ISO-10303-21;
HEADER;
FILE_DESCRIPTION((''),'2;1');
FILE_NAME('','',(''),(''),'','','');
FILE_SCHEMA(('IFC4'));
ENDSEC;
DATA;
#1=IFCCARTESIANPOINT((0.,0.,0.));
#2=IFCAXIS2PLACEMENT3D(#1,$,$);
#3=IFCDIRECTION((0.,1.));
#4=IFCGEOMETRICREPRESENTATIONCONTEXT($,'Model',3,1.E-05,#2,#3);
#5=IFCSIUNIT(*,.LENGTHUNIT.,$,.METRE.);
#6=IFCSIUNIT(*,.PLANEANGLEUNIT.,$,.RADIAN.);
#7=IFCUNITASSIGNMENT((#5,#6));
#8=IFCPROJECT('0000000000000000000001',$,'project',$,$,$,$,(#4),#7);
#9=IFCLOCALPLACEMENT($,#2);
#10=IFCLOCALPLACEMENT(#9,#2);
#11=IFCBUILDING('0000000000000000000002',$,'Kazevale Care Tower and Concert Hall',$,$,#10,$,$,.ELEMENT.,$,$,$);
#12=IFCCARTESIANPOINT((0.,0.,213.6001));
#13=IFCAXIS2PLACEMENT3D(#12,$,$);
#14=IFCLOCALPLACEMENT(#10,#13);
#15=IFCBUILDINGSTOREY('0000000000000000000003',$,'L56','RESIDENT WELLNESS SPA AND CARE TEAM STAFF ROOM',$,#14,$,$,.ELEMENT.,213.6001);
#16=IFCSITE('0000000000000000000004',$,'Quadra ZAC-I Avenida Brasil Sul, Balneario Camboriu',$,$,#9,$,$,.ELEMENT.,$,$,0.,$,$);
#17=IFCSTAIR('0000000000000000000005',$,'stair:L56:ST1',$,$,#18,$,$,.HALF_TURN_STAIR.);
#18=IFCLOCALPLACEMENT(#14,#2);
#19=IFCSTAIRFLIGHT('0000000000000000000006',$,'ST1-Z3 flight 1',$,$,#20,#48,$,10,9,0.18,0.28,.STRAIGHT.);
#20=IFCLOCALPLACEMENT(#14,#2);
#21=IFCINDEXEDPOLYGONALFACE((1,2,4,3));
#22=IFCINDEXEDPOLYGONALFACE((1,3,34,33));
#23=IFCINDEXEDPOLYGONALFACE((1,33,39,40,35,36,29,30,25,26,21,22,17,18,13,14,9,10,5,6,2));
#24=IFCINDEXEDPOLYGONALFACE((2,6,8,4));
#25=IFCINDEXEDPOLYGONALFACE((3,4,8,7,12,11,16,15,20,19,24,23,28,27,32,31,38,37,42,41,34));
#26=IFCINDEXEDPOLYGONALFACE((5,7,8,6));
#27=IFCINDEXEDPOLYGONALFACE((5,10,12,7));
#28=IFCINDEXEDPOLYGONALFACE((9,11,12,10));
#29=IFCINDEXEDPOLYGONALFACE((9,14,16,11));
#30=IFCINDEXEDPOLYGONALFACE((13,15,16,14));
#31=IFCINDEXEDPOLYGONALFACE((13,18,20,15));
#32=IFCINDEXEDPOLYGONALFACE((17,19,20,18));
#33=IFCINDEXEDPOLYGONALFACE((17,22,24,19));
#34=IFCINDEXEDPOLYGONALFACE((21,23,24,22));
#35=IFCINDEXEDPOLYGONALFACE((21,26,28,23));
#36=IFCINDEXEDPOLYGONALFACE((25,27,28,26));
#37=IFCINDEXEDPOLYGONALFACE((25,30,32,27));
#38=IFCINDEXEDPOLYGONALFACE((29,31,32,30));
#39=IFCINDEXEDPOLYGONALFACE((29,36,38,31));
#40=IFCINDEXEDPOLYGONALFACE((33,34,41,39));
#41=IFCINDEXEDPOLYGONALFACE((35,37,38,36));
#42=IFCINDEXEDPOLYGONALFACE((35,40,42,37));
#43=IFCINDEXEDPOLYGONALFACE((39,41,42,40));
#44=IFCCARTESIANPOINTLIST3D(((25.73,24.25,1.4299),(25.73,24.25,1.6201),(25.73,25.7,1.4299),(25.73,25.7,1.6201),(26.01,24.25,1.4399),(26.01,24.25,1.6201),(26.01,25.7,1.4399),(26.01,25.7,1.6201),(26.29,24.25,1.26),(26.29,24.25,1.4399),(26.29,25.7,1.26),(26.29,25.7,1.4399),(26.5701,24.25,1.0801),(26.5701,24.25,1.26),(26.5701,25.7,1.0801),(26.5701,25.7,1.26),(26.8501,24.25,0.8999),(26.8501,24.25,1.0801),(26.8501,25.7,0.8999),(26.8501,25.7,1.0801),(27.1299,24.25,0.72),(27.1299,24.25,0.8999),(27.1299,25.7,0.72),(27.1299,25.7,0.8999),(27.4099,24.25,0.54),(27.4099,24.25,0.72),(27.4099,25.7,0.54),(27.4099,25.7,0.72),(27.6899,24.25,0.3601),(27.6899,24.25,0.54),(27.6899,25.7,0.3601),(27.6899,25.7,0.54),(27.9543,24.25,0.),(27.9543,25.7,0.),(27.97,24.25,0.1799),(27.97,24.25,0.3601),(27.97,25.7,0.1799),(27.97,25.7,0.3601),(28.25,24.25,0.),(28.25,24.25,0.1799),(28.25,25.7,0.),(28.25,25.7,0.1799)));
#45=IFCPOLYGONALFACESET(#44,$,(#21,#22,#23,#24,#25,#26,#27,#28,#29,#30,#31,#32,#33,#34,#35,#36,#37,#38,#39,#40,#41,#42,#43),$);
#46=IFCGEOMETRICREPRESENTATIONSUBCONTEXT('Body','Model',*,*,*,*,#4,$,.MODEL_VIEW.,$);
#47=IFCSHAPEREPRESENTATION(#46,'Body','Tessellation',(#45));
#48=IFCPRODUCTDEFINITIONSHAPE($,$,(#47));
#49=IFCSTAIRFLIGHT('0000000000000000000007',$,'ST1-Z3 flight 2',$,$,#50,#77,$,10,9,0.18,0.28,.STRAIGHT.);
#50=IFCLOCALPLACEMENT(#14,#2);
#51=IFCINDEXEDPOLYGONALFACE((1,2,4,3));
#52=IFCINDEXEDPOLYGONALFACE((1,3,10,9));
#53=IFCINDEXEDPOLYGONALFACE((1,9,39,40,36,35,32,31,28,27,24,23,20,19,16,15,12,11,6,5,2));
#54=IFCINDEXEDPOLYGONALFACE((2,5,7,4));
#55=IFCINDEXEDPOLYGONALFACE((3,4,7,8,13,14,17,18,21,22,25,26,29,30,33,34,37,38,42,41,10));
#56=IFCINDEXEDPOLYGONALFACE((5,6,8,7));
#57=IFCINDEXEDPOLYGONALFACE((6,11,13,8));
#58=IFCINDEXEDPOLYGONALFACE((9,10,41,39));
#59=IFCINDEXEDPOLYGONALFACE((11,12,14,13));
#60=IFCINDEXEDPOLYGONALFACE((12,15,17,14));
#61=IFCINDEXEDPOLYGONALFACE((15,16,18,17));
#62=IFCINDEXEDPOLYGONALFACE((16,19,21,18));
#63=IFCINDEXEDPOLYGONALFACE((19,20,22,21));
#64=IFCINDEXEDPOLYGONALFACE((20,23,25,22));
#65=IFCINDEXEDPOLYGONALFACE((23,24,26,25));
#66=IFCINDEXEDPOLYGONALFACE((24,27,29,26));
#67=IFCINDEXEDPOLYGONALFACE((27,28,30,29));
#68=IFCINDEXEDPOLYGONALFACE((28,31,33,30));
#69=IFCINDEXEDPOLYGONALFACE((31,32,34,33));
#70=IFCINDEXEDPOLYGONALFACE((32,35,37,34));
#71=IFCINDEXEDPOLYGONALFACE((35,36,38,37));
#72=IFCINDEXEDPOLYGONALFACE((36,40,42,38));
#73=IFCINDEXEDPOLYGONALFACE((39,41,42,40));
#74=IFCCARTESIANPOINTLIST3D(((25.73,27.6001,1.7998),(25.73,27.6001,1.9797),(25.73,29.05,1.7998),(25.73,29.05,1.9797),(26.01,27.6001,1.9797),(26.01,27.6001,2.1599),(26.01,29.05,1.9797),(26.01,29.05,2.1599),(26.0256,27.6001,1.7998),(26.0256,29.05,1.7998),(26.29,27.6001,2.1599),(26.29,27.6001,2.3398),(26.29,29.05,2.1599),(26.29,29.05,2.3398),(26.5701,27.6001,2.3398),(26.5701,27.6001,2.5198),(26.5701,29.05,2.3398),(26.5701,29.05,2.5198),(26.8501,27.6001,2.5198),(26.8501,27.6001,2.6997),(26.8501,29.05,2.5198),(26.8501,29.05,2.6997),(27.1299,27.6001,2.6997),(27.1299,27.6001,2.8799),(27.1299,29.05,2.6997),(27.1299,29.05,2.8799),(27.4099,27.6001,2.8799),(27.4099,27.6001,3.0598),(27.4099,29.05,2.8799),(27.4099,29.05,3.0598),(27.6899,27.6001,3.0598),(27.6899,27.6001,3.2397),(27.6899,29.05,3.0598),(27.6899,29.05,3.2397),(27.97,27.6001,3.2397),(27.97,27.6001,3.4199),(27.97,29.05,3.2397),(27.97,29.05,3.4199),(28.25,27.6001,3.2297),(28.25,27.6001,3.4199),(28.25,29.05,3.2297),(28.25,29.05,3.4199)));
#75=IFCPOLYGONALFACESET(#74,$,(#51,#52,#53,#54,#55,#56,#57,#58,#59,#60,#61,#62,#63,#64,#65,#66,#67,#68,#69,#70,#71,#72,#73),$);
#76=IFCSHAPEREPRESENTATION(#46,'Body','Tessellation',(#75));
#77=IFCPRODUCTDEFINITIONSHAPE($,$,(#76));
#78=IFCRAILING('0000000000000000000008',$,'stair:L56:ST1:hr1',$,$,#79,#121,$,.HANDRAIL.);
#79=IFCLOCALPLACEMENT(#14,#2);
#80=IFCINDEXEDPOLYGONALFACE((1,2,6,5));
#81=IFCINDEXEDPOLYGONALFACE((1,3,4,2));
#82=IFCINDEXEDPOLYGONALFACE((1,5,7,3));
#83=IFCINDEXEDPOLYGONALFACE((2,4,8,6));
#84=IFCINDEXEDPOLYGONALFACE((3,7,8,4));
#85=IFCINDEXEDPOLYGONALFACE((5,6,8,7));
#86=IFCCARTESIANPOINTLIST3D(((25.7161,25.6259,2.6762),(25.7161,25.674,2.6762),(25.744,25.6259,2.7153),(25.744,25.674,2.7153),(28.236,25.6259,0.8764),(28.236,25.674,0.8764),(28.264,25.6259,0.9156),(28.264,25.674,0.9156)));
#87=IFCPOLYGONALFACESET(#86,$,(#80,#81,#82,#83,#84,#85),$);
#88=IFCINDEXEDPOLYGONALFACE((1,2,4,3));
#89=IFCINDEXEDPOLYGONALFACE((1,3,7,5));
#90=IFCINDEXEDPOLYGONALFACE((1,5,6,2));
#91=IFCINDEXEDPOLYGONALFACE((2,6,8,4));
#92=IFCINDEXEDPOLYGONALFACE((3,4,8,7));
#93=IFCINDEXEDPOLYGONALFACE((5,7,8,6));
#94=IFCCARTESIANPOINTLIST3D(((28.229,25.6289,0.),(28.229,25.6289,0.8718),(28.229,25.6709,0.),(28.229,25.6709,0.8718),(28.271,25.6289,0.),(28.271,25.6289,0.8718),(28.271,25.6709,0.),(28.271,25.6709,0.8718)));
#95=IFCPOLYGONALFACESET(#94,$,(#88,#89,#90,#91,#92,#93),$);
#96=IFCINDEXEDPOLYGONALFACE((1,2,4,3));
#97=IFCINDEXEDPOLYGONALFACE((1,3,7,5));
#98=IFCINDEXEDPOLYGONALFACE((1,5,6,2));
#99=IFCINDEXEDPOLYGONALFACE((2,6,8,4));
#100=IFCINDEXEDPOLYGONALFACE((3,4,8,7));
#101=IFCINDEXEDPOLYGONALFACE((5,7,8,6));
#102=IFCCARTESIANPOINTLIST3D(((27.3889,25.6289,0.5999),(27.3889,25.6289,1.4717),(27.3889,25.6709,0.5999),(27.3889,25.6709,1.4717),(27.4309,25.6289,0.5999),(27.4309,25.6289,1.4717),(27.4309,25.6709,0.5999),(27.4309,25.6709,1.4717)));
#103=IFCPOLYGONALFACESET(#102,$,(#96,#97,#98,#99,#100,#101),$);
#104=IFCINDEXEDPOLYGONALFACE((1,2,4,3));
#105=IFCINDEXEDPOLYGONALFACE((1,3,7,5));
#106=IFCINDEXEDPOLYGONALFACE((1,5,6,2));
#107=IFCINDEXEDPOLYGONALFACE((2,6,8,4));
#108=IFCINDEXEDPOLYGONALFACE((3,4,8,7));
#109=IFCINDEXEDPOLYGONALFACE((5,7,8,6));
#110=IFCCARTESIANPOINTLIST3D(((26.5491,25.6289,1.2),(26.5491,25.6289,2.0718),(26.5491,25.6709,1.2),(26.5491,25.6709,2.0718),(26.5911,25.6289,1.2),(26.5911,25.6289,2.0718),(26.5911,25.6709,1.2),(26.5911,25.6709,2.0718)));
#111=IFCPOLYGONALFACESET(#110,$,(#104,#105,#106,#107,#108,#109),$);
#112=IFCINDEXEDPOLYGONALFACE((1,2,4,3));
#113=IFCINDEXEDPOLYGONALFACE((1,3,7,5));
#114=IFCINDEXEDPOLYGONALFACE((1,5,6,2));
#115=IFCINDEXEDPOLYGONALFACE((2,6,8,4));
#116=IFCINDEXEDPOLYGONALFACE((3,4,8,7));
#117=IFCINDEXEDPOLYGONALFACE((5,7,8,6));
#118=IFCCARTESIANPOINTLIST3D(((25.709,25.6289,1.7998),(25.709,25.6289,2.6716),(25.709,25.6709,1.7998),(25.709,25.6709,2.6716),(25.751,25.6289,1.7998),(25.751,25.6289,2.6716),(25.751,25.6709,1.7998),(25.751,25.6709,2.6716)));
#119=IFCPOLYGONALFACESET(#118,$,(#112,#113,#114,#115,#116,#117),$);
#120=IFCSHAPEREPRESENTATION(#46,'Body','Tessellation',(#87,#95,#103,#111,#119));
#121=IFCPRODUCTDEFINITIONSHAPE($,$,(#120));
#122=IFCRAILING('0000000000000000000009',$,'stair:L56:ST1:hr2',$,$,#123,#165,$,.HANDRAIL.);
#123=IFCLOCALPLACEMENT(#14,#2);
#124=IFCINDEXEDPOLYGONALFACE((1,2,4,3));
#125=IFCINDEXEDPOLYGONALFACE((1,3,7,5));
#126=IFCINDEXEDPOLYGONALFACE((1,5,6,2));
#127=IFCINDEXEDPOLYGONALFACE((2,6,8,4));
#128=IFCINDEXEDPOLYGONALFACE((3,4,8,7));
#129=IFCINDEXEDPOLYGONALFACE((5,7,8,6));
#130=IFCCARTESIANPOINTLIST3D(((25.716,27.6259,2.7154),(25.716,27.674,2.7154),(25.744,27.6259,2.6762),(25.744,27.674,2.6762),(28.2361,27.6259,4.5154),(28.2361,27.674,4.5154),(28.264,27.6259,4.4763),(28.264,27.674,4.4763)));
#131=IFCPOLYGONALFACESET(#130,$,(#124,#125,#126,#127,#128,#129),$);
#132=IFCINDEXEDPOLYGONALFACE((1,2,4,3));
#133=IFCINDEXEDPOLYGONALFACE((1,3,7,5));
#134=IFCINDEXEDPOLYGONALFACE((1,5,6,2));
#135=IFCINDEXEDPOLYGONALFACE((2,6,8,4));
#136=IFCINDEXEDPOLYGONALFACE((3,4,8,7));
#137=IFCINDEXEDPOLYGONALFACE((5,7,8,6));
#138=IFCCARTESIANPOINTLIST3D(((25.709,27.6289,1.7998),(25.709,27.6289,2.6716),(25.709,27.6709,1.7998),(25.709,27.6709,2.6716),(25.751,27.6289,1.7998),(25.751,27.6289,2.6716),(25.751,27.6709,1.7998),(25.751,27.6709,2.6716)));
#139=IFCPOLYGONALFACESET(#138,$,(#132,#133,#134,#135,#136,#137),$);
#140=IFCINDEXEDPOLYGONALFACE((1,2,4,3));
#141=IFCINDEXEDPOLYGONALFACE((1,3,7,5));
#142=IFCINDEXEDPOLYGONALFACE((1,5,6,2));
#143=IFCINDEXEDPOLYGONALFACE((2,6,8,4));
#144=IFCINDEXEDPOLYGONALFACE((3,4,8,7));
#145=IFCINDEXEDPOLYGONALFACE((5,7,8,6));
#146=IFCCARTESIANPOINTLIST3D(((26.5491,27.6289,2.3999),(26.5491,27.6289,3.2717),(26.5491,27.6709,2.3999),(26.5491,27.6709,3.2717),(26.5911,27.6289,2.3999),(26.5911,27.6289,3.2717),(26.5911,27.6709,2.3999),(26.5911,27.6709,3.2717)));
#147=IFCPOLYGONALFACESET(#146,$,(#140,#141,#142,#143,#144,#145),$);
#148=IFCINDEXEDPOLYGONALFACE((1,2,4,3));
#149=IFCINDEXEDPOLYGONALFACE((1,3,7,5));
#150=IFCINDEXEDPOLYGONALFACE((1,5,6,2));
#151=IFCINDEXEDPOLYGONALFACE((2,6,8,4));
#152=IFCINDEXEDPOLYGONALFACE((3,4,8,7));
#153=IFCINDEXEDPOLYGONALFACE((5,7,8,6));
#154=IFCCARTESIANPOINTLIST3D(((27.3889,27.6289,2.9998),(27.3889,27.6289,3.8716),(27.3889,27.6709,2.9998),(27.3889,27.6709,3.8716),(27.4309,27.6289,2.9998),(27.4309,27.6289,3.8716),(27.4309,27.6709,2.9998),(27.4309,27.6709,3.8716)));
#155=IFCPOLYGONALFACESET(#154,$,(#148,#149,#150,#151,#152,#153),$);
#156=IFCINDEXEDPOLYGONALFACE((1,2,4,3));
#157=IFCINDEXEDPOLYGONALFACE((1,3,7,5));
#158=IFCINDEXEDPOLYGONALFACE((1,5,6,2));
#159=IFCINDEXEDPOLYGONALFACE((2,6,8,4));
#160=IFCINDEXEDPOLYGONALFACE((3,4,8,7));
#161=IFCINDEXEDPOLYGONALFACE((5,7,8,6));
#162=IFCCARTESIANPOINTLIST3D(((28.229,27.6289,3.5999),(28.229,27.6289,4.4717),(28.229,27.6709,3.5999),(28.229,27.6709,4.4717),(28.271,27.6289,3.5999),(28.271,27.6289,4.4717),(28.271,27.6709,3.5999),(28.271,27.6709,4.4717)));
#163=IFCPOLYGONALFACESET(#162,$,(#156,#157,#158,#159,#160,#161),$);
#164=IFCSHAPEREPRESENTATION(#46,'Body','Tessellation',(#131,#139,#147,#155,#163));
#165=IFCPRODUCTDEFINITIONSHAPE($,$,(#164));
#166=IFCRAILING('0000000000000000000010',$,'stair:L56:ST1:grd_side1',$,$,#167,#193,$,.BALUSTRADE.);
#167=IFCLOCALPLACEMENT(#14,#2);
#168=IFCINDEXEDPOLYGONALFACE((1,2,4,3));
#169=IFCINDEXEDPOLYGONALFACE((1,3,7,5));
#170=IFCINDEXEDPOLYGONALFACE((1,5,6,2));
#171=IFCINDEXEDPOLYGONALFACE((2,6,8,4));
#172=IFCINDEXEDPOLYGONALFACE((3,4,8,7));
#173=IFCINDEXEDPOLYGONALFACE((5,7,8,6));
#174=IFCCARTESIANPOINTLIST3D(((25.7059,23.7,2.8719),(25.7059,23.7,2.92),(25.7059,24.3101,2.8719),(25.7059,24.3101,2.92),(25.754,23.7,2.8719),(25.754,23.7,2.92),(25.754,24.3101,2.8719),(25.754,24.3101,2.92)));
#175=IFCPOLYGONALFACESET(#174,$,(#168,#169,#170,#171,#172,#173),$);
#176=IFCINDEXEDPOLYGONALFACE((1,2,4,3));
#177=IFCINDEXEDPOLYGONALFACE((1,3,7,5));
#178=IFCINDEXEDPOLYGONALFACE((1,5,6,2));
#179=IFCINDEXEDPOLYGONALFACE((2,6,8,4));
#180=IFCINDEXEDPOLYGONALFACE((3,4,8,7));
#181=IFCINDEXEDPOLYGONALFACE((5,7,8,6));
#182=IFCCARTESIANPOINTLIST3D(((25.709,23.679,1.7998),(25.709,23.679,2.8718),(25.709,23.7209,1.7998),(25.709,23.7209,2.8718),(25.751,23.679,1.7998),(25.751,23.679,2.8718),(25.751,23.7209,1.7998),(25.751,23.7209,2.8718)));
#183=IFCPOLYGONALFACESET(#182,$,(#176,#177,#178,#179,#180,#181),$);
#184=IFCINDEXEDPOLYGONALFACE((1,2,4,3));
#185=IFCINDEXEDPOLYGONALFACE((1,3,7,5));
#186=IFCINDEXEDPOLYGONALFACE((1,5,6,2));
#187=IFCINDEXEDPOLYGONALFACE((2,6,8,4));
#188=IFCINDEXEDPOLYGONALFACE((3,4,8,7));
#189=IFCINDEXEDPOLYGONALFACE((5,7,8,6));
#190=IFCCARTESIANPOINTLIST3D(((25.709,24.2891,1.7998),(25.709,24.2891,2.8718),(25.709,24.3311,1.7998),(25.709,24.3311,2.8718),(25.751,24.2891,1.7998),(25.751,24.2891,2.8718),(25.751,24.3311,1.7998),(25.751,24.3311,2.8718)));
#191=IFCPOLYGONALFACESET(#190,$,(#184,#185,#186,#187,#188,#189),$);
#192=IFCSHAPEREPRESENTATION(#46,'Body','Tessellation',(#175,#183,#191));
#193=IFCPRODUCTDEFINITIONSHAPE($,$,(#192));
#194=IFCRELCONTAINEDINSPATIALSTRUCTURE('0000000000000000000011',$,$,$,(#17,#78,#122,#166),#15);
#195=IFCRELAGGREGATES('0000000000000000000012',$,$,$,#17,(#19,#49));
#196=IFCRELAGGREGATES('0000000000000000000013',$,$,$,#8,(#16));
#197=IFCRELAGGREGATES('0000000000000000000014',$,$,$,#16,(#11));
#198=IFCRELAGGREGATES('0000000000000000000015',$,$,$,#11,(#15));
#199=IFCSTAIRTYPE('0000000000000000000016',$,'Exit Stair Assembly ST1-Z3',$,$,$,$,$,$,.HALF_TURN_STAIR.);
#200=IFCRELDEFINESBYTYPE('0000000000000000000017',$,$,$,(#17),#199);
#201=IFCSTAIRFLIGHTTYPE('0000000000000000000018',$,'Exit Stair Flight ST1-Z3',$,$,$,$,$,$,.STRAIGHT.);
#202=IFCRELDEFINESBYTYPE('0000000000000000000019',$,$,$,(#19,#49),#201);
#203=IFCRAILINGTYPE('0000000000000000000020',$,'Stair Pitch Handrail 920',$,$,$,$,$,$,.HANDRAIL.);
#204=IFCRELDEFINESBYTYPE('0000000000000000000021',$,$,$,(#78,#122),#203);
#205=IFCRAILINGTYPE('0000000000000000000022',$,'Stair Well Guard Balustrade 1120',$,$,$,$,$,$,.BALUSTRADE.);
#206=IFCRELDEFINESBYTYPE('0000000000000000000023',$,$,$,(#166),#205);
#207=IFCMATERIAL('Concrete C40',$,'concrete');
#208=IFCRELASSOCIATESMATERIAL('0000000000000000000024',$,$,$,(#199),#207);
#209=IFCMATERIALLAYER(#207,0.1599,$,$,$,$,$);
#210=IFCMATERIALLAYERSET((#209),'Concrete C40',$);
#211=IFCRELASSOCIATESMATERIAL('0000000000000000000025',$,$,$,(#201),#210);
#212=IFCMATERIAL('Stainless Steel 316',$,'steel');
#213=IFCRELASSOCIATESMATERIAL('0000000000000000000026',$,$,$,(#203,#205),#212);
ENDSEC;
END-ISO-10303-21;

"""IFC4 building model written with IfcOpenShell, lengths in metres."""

from ifc_helpers import new_model, si_unit, direction, frame, origin, origin_2d, place, context, subcontext, project, spatial, polyline, rectangle, outline, extrude, material, layer, layer_set, type_object, element, aggregate, save


model = new_model("IFC4")

# Units and contexts
model_context = context("Model", 3, precision=1e-05, world=origin(), true_north=direction((0.0, 1.0)))
body_context = subcontext(model_context, "Body", "Model", "MODEL_VIEW")
ifc_project = project(units=[si_unit("LENGTHUNIT", "METRE"), si_unit("PLANEANGLEUNIT", "RADIAN")], contexts=[model_context])

# Site, building, storey
site_placement = place(None, origin())
site = spatial("IfcSite", under=ifc_project, at=site_placement, Name="Quadra ZAC-I Avenida Brasil Sul, Balneario Camboriu", CompositionType="ELEMENT", RefElevation=0.0)
building_placement = place(site_placement, origin())
building = spatial("IfcBuilding", under=site, at=building_placement, Name="Kazevale Care Tower and Concert Hall", CompositionType="ELEMENT")
storey_placement = place(building_placement, frame((0.0, 0.0, 213.6001)))
storey = spatial("IfcBuildingStorey", under=building, at=storey_placement, Name="L56", Description="RESIDENT WELLNESS SPA AND CARE TEAM STAFF ROOM", CompositionType="ELEMENT", Elevation=213.6001)

# Shared definitions
ifc_material_1 = material(Name="Concrete C40", Category="concrete")
ifc_material_2 = material(Name="Stainless Steel 316", Category="steel")

# Stair, stair flights
stair_type = type_object("IfcStairType", Name="Exit Stair Assembly ST1-Z3", PredefinedType="HALF_TURN_STAIR", material=ifc_material_1)
stair_placement = place(storey_placement, origin())
stair = element("IfcStair", 1, at=stair_placement, inside=storey, type_object=stair_type, Name="stair:L56:ST1", PredefinedType="HALF_TURN_STAIR")
ifc_layer_1 = layer(ifc_material_1, 0.1599)
ifc_layer_set_1 = layer_set([ifc_layer_1], Name="Concrete C40")
stair_flight_type = type_object("IfcStairFlightType", Name="Exit Stair Flight ST1-Z3", PredefinedType="STRAIGHT", material=ifc_layer_set_1)
stair_flight_1_placement = place(storey_placement, frame((28.25, 24.9751, 0.0), z_axis=(0.0, 0.0, 1.0), x_axis=(-1.0, 0.0, 0.0)))
stair_flight_1 = element("IfcStairFlight", 2, at=stair_flight_1_placement, type_object=stair_flight_type, Name="ST1-Z3 flight 1", NumberOfRisers=10, NumberOfTreads=9, PredefinedType="STRAIGHT", RiserHeight=0.18, TreadLength=0.28, context=body_context, shape_type="SweptSolid", body=[
    extrude(outline(polyline([(0.0, 0.0), (0.0, 0.1799), (0.28, 0.1799), (0.28, 0.3601), (0.5601, 0.3601), (0.5601, 0.54), (0.8401, 0.54), (0.8401, 0.72), (1.1201, 0.72), (1.1201, 0.8999), (1.3999, 0.8999), (1.3999, 1.0801), (1.6799, 1.0801), (1.6799, 1.26), (1.96, 1.26), (1.96, 1.4399), (2.24, 1.4399), (2.24, 1.6201), (2.52, 1.6201), (2.52, 1.8), (2.52, 1.4299), (0.2957, 0.0), (0.0, 0.0)])), frame((0.0, 0.7251, 0.0), z_axis=(0.0, -1.0, 0.0), x_axis=(1.0, 0.0, 0.0)), (0.0, 0.0, 1.0), 1.45),
])
stair_flight_2_placement = place(storey_placement, frame((25.73, 28.325, 1.7998), z_axis=(0.0, 0.0, 1.0), x_axis=(1.0, 0.0, 0.0)))
stair_flight_2 = element("IfcStairFlight", 3, at=stair_flight_2_placement, type_object=stair_flight_type, Name="ST1-Z3 flight 2", NumberOfRisers=10, NumberOfTreads=9, PredefinedType="STRAIGHT", RiserHeight=0.18, TreadLength=0.28, context=body_context, shape_type="SweptSolid", body=[
    extrude(outline(polyline([(0.0, 0.0), (0.0, 0.1799), (0.28, 0.1799), (0.28, 0.3601), (0.5601, 0.3601), (0.5601, 0.54), (0.8401, 0.54), (0.8401, 0.72), (1.1201, 0.72), (1.1201, 0.8999), (1.3999, 0.8999), (1.3999, 1.0801), (1.6799, 1.0801), (1.6799, 1.26), (1.96, 1.26), (1.96, 1.4399), (2.24, 1.4399), (2.24, 1.6201), (2.52, 1.6201), (2.52, 1.8), (2.52, 1.4299), (0.2957, 0.0), (0.0, 0.0)])), frame((0.0, 0.7251, 0.0), z_axis=(0.0, -1.0, 0.0), x_axis=(1.0, 0.0, 0.0)), (0.0, 0.0, 1.0), 1.45),
])
aggregate(stair, [stair_flight_1, stair_flight_2])

# Railings
railing_type_1 = type_object("IfcRailingType", Name="Stair Pitch Handrail 920", PredefinedType="HANDRAIL", material=ifc_material_2)
railing_1_placement = place(storey_placement, frame((28.25, 25.6499, 0.0)))
element("IfcRailing", 4, at=railing_1_placement, inside=storey, type_object=railing_type_1, Name="stair:L56:ST1:hr1", PredefinedType="HANDRAIL", context=body_context, shape_type="SweptSolid", body=[
    extrude(rectangle(XDim=0.0481, YDim=0.0481, at=origin_2d()), frame((0.0, 0.0, 0.896), z_axis=(-0.813765, 0.0, 0.581193), x_axis=(0.0, -1.0, 0.0)), (0.0, 0.0, 1.0), 3.0967),
    extrude(rectangle(XDim=0.042, YDim=0.042, at=origin_2d()), origin(), (0.0, 0.0, 1.0), 0.8718),
    extrude(rectangle(XDim=0.042, YDim=0.042, at=origin_2d()), frame((-0.8401, 0.0, 0.5999)), (0.0, 0.0, 1.0), 0.8718),
    extrude(rectangle(XDim=0.042, YDim=0.042, at=origin_2d()), frame((-1.6799, 0.0, 1.2)), (0.0, 0.0, 1.0), 0.8718),
    extrude(rectangle(XDim=0.042, YDim=0.042, at=origin_2d()), frame((-2.52, 0.0, 1.7998)), (0.0, 0.0, 1.0), 0.8718),
])
railing_2_placement = place(storey_placement, frame((25.73, 27.6499, 1.7998)))
element("IfcRailing", 5, at=railing_2_placement, inside=storey, type_object=railing_type_1, Name="stair:L56:ST1:hr2", PredefinedType="HANDRAIL", context=body_context, shape_type="SweptSolid", body=[
    extrude(rectangle(XDim=0.0481, YDim=0.0481, at=origin_2d()), frame((0.0, 0.0, 0.896), z_axis=(0.813728, 0.0, 0.581246), x_axis=(0.0, 1.0, 0.0)), (0.0, 0.0, 1.0), 3.0969),
    extrude(rectangle(XDim=0.042, YDim=0.042, at=origin_2d()), origin(), (0.0, 0.0, 1.0), 0.8718),
    extrude(rectangle(XDim=0.042, YDim=0.042, at=origin_2d()), frame((0.8401, 0.0, 0.6001)), (0.0, 0.0, 1.0), 0.8718),
    extrude(rectangle(XDim=0.042, YDim=0.042, at=origin_2d()), frame((1.6799, 0.0, 1.2)), (0.0, 0.0, 1.0), 0.8718),
    extrude(rectangle(XDim=0.042, YDim=0.042, at=origin_2d()), frame((2.52, 0.0, 1.8)), (0.0, 0.0, 1.0), 0.8718),
])
railing_type_2 = type_object("IfcRailingType", Name="Stair Well Guard Balustrade 1120", PredefinedType="BALUSTRADE", material=ifc_material_2)
railing_3_placement = place(storey_placement, frame((25.73, 23.7, 1.7998)))
element("IfcRailing", 6, at=railing_3_placement, inside=storey, type_object=railing_type_2, Name="stair:L56:ST1:grd_side1", PredefinedType="BALUSTRADE", context=body_context, shape_type="SweptSolid", body=[
    extrude(rectangle(XDim=0.0481, YDim=0.0481, at=origin_2d()), frame((0.0, 0.0, 1.0962), z_axis=(0.0, 1.0, 0.0), x_axis=(-1.0, 0.0, 0.0)), (0.0, 0.0, 1.0), 0.6101),
    extrude(rectangle(XDim=0.042, YDim=0.042, at=origin_2d()), origin(), (0.0, 0.0, 1.0), 1.072),
    extrude(rectangle(XDim=0.042, YDim=0.042, at=origin_2d()), frame((0.0, 0.6101, 0.0)), (0.0, 0.0, 1.0), 1.072),
])

save(model, "model.ifc")
